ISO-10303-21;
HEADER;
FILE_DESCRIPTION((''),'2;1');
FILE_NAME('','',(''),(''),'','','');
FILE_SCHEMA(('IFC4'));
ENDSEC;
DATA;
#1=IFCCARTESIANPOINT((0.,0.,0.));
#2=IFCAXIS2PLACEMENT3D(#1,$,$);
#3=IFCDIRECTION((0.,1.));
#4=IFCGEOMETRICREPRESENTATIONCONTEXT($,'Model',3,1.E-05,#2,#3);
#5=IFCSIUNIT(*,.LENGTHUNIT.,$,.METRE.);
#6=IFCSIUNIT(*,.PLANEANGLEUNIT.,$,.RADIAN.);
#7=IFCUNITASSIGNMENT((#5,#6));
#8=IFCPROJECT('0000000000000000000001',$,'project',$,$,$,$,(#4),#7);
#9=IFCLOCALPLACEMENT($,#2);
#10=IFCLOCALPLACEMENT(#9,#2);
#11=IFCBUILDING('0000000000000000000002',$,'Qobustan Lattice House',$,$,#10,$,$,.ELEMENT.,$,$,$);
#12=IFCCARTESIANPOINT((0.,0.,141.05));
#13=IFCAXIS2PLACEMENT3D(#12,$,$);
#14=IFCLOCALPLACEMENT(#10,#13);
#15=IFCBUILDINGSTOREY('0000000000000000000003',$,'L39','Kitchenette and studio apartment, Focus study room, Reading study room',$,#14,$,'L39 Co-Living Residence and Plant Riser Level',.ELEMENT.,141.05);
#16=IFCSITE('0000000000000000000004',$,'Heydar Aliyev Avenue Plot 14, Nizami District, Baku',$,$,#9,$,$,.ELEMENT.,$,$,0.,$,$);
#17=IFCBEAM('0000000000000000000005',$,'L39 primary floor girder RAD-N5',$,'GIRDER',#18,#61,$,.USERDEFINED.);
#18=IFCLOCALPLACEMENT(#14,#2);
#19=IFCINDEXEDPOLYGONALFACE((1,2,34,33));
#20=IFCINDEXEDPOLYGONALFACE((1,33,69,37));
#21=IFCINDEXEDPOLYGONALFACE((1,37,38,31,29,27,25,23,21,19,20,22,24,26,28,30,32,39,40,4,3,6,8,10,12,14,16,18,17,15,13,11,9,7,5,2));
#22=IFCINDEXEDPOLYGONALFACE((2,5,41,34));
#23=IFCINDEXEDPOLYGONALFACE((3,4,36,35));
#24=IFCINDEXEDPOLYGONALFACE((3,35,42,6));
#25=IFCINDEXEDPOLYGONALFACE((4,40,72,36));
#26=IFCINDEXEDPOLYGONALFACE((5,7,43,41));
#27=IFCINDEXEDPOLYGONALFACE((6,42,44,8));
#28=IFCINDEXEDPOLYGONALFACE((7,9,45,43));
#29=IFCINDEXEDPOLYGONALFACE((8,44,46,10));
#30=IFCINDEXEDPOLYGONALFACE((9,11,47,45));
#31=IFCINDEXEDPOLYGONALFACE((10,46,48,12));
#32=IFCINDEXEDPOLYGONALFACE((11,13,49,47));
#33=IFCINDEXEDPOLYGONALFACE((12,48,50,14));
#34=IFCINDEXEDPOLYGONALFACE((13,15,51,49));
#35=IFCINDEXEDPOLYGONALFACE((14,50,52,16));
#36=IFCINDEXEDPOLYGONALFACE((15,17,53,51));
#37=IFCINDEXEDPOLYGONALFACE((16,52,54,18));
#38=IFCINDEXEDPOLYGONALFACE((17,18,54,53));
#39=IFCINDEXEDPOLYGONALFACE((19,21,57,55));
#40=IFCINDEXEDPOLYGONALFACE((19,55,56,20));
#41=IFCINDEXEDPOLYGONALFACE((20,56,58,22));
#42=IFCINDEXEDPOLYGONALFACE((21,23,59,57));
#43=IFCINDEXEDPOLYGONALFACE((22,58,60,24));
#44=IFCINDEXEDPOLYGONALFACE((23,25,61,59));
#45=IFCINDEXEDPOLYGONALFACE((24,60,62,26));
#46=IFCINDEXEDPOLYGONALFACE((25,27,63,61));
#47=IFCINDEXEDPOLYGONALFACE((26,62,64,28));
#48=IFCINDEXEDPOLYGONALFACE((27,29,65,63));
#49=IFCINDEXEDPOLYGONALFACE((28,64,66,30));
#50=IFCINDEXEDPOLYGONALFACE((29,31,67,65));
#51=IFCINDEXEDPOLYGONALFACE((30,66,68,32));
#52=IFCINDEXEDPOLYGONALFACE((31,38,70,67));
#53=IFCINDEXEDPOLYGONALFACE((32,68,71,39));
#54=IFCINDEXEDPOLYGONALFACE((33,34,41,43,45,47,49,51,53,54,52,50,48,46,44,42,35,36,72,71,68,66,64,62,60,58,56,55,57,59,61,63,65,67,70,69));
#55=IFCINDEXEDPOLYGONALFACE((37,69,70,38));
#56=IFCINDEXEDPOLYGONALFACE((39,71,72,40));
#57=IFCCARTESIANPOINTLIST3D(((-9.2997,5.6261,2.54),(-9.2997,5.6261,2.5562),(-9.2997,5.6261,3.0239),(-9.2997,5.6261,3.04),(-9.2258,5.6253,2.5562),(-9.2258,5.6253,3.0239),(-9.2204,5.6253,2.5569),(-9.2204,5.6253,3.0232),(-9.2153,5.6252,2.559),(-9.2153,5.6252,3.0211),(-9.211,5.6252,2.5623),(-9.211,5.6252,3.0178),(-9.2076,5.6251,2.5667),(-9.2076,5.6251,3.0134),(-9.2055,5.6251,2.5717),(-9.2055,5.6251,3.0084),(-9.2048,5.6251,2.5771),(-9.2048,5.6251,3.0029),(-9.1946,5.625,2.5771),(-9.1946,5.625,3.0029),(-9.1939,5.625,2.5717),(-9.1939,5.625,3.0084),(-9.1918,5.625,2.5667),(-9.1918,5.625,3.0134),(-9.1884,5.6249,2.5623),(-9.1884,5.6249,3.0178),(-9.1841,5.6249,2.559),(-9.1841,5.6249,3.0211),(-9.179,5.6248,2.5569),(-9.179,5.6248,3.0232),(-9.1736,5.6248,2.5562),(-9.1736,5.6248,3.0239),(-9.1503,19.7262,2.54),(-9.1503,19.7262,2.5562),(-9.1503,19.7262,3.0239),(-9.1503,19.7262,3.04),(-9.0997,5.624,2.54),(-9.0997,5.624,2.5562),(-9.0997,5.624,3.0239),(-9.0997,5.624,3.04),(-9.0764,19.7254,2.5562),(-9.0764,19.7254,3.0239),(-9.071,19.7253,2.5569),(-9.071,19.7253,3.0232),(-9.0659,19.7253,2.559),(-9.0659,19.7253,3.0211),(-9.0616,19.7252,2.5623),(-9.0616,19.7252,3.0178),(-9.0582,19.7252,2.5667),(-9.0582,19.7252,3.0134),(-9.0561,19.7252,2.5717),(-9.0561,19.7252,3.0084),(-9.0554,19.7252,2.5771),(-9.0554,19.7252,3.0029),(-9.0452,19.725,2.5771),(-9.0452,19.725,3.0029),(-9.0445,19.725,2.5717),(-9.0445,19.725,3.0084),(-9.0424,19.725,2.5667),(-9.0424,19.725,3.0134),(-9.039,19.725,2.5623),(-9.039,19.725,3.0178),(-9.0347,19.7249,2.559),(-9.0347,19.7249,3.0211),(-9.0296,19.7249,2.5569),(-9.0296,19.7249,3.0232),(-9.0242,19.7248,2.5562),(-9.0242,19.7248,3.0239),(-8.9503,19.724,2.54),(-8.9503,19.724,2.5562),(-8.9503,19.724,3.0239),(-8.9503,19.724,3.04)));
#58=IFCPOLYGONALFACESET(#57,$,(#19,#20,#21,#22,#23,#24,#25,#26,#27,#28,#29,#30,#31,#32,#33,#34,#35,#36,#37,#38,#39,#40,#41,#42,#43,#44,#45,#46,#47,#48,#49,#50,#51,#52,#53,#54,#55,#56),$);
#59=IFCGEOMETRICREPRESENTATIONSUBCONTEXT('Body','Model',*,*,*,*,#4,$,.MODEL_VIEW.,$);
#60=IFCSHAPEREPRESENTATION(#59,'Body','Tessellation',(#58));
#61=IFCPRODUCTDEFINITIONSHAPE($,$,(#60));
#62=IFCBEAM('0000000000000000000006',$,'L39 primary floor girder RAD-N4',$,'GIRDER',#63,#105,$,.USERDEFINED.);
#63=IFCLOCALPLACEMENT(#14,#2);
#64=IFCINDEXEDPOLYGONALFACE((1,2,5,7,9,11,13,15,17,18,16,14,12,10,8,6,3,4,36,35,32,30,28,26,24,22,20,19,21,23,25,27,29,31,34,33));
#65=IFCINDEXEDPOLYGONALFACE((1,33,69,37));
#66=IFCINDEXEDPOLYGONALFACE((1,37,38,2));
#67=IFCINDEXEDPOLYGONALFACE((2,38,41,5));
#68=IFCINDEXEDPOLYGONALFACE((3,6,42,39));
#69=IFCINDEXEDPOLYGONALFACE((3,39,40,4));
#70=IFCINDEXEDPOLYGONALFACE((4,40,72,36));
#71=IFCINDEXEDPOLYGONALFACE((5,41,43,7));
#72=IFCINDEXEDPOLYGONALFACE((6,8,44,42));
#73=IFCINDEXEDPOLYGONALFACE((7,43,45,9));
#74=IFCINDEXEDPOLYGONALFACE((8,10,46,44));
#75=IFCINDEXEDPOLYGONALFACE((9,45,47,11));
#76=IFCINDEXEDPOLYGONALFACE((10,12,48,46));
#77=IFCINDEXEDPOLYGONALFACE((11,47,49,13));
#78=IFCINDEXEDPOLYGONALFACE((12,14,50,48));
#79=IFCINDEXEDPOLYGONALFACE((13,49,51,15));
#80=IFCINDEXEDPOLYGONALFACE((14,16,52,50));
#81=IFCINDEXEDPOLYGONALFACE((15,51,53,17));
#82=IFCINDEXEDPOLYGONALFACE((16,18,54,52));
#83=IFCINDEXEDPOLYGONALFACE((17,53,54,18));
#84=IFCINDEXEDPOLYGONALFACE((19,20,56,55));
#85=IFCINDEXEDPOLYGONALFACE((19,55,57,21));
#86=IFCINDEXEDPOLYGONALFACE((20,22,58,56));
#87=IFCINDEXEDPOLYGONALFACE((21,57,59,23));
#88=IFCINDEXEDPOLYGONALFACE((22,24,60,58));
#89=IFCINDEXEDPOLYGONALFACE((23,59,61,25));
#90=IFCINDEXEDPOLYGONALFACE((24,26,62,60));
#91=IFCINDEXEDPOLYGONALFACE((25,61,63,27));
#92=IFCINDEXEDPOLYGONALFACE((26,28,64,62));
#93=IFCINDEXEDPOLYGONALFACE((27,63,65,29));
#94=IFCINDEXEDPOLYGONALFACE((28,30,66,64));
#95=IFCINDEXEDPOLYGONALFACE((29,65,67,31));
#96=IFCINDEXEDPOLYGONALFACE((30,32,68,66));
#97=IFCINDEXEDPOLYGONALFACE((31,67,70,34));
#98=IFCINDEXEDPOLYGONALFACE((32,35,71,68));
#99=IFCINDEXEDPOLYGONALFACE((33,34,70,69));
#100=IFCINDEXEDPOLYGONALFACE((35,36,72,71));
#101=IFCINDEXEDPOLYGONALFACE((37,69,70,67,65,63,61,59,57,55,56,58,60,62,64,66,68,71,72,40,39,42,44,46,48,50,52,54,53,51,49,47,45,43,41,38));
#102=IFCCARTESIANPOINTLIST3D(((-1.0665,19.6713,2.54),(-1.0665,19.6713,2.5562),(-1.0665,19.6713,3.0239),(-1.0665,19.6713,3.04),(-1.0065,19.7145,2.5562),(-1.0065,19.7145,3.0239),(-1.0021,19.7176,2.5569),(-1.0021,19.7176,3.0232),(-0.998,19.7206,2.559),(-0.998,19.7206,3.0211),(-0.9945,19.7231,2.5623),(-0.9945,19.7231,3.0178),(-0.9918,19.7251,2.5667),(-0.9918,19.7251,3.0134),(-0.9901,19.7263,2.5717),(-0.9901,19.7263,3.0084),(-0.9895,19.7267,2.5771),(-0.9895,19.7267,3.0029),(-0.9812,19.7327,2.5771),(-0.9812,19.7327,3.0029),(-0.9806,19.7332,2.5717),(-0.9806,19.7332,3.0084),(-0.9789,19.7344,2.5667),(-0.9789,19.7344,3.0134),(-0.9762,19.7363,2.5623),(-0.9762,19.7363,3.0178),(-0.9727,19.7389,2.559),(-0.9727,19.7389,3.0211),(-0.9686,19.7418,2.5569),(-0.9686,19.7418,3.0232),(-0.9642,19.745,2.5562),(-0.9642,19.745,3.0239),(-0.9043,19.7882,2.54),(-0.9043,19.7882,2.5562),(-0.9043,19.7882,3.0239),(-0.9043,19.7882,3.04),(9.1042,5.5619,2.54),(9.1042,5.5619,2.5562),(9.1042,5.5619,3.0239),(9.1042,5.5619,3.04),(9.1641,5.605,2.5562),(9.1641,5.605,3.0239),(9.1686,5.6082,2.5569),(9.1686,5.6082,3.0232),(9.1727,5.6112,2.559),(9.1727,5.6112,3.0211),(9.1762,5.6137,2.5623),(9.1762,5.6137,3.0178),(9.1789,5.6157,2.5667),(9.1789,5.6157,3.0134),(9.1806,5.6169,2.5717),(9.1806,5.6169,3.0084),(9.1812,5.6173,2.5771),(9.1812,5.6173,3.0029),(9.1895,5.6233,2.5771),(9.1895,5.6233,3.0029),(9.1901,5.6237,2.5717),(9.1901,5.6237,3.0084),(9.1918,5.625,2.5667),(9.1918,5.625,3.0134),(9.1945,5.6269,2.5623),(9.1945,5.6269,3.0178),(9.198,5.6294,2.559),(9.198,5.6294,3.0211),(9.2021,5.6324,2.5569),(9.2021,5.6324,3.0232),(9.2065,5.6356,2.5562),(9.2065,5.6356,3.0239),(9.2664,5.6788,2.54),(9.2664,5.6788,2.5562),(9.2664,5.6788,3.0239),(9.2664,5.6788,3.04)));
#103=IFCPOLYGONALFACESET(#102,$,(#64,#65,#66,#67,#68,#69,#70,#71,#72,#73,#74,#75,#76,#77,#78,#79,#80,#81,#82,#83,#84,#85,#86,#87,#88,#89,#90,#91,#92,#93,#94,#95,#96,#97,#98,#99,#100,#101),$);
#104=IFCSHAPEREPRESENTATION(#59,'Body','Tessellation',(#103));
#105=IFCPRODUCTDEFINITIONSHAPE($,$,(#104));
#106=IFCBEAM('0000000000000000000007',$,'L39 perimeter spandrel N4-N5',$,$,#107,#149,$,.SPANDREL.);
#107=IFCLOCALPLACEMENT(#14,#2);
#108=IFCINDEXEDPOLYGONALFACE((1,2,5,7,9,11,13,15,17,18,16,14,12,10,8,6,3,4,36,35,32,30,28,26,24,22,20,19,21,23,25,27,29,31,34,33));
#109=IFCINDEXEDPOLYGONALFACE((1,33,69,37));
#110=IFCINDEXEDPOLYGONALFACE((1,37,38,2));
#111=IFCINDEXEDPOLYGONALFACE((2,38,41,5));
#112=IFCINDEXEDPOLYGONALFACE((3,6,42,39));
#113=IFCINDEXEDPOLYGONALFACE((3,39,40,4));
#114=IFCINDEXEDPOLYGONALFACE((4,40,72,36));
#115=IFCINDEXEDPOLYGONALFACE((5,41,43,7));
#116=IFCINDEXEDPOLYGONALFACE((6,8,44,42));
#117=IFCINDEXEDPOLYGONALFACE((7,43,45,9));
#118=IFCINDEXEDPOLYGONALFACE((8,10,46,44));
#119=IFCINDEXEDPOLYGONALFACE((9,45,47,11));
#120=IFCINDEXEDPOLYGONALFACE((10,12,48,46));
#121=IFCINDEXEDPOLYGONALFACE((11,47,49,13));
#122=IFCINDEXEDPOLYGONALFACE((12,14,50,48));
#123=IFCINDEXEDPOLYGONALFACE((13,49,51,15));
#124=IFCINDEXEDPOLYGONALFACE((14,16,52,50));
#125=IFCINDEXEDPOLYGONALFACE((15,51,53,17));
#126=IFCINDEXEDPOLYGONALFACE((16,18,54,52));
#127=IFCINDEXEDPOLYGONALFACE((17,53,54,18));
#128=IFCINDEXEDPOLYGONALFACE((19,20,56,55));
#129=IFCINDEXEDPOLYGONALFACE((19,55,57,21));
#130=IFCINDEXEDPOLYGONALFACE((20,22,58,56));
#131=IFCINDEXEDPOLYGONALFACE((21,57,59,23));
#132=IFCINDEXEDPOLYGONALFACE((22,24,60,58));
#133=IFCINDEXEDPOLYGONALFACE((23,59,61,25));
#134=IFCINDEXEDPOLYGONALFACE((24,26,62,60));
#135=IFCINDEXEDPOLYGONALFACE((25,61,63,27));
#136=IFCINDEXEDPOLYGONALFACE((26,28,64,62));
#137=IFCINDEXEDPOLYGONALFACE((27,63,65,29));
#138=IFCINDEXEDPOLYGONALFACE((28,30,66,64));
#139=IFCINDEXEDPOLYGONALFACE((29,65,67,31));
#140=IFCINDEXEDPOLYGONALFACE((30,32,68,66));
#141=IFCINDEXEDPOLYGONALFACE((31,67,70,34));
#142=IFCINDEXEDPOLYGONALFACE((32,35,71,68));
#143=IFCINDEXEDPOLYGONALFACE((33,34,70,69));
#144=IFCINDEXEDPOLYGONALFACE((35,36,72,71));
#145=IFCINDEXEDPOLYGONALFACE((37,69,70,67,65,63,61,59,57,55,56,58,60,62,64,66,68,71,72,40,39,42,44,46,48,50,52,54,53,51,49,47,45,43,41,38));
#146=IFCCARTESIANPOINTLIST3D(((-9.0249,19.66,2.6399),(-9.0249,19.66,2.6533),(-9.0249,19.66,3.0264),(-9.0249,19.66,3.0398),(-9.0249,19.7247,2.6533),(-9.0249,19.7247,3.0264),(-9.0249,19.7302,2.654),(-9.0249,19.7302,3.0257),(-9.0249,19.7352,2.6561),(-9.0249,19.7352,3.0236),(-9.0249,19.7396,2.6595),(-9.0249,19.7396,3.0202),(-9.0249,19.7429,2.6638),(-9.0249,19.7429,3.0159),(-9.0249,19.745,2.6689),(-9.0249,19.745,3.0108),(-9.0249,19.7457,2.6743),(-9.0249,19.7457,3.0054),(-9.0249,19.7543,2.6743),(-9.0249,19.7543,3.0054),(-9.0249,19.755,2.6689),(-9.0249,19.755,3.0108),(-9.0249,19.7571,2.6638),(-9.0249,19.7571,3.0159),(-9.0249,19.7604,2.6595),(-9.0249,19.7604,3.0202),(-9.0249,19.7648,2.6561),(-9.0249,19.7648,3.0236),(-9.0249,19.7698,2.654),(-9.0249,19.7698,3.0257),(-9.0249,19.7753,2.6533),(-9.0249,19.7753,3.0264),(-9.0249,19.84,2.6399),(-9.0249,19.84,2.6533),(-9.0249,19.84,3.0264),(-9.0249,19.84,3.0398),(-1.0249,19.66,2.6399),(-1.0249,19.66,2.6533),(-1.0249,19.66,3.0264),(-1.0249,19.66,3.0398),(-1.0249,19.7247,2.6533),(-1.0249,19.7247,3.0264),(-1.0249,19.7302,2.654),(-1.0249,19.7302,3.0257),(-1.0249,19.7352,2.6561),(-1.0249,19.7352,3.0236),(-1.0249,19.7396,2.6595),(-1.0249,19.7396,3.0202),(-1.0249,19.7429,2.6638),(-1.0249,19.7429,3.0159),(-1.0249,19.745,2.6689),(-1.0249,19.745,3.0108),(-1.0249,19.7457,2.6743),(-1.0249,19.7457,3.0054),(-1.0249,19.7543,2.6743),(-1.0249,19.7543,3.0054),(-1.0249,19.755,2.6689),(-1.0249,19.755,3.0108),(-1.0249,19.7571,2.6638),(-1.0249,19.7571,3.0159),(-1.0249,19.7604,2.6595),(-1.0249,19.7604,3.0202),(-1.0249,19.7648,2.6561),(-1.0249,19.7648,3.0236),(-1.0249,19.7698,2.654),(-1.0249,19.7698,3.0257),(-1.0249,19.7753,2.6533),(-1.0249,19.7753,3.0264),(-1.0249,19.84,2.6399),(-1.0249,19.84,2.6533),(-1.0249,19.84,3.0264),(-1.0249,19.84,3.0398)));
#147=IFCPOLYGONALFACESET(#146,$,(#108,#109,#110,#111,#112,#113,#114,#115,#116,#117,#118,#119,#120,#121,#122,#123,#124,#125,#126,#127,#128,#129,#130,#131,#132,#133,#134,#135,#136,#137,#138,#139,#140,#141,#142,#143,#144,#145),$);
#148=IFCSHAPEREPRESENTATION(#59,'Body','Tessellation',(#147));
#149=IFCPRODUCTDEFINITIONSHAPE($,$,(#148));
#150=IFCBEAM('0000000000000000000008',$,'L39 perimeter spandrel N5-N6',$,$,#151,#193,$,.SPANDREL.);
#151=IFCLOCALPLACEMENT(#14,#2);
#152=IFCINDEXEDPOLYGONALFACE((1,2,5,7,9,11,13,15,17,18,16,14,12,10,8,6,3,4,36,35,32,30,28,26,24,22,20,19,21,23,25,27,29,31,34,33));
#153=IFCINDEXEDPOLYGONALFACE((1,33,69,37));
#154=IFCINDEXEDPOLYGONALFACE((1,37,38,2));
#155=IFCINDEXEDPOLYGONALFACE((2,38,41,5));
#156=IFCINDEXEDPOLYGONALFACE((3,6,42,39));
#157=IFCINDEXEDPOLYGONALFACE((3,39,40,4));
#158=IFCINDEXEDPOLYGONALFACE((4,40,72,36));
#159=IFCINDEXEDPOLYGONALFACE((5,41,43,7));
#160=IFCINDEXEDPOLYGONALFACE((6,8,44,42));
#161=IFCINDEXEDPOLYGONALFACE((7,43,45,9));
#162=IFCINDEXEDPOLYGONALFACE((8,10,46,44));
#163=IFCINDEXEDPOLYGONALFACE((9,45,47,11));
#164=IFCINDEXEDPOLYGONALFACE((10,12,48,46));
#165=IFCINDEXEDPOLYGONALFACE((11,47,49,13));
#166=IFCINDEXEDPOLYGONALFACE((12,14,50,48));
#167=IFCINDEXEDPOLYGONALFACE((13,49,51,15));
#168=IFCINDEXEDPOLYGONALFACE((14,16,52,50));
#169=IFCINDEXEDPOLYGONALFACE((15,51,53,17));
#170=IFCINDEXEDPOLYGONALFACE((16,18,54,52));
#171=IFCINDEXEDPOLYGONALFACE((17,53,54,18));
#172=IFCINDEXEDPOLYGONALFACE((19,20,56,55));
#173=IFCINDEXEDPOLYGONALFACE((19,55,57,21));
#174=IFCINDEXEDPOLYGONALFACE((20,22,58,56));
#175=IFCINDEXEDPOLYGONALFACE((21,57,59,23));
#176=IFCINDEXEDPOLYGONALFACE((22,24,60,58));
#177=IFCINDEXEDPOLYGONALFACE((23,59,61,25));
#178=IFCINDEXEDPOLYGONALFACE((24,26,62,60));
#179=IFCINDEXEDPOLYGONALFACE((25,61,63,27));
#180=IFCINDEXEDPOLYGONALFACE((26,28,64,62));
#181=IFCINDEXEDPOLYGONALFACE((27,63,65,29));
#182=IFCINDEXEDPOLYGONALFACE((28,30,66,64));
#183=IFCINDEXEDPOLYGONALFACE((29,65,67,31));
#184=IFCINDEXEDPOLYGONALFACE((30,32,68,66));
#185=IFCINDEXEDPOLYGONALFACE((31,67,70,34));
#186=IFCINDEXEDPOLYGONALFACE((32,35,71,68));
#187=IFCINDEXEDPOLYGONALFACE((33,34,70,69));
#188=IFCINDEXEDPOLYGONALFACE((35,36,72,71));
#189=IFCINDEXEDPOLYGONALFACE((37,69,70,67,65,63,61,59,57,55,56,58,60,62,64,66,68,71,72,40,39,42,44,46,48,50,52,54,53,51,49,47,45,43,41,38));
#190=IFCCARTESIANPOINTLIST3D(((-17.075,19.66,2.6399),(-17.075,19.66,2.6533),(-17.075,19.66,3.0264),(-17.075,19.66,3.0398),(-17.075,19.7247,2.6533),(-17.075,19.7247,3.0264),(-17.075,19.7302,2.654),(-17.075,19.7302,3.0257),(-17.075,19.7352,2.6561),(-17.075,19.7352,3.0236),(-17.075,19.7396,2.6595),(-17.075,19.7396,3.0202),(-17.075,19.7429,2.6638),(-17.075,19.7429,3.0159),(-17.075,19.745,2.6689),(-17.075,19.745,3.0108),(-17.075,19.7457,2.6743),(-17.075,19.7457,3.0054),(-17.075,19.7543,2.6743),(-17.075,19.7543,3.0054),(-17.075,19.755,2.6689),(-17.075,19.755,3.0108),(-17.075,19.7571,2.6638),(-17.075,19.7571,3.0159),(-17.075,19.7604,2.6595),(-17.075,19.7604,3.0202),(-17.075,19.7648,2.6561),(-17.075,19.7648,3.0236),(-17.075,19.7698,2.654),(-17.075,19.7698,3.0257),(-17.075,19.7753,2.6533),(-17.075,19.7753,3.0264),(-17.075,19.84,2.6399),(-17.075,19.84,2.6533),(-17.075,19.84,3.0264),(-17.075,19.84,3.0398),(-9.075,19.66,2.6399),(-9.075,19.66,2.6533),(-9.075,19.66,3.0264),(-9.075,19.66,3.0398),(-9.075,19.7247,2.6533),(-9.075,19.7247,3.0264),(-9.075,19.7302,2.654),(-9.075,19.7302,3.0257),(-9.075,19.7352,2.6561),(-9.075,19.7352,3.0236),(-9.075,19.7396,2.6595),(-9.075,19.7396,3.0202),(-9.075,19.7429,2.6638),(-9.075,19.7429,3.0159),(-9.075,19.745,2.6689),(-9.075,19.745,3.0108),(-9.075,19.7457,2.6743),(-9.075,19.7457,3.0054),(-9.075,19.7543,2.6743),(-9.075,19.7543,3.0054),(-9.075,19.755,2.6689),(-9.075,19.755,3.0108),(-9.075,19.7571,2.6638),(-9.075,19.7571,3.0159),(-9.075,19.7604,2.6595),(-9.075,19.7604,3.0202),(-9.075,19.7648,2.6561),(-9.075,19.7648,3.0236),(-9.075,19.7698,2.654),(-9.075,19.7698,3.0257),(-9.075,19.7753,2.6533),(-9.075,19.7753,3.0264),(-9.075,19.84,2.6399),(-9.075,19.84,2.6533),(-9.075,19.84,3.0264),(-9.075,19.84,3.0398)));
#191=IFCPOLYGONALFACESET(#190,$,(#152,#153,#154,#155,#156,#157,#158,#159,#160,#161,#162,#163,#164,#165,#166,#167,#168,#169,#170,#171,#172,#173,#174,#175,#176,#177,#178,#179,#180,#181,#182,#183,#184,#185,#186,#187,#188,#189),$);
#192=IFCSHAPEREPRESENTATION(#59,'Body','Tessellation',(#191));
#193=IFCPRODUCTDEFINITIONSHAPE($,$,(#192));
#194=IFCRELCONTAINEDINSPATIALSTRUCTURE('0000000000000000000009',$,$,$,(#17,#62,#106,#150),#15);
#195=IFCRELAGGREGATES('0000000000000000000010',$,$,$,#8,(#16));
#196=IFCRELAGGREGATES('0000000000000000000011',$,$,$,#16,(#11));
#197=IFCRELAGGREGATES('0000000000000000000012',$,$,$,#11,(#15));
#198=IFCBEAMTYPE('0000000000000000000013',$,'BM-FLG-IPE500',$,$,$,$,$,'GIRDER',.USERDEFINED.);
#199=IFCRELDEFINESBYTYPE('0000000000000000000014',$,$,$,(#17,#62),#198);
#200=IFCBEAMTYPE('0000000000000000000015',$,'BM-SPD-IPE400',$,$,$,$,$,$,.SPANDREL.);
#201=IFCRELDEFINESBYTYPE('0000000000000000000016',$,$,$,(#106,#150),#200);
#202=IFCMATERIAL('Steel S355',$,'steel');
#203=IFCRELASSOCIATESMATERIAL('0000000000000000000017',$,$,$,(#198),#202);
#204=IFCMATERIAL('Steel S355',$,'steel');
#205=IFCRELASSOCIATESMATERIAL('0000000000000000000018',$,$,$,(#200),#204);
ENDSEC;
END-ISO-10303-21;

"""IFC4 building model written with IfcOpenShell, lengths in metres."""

from ifc_helpers import new_model, si_unit, direction, frame, origin, origin_2d, place, context, subcontext, project, spatial, i_section, extrude, material, material_profile, profile_set, type_object, element, save


model = new_model("IFC4")

# Units and contexts
model_context = context("Model", 3, precision=1e-05, world=origin(), true_north=direction((0.0, 1.0)))
body_context = subcontext(model_context, "Body", "Model", "MODEL_VIEW")
ifc_project = project(units=[si_unit("LENGTHUNIT", "METRE"), si_unit("PLANEANGLEUNIT", "RADIAN")], contexts=[model_context])

# Site, building, storey
site_placement = place(None, origin())
site = spatial("IfcSite", under=ifc_project, at=site_placement, Name="Heydar Aliyev Avenue Plot 14, Nizami District, Baku", CompositionType="ELEMENT", RefElevation=0.0)
building_placement = place(site_placement, origin())
building = spatial("IfcBuilding", under=site, at=building_placement, Name="Qobustan Lattice House", CompositionType="ELEMENT")
storey_placement = place(building_placement, frame((0.0, 0.0, 141.05)))
storey = spatial("IfcBuildingStorey", under=building, at=storey_placement, Name="L39", Description="Kitchenette and studio apartment, Focus study room, Reading study room", LongName="L39 Co-Living Residence and Plant Riser Level", CompositionType="ELEMENT", Elevation=141.05)

# Beams
ifc_material_1 = material(Name="Steel S355", Category="steel")
ifc_material_profile_1 = material_profile(ifc_material_1, i_section(OverallWidth=0.2, OverallDepth=0.5, WebThickness=0.0103, FlangeThickness=0.0161, FilletRadius=0.021, at=origin_2d()), Name="IPE500")
ifc_profile_set_1 = profile_set([ifc_material_profile_1], Name="Steel S355")
beam_type_1 = type_object("IfcBeamType", Name="BM-FLG-IPE500", ElementType="GIRDER", PredefinedType="USERDEFINED", material=ifc_profile_set_1)
beam_1_placement = place(storey_placement, frame((-9.0503, 19.7251, 2.79), z_axis=(-0.010596, -0.999944, 0.0), x_axis=(0.999944, -0.010596, 0.0)))
element("IfcBeam", 1, at=beam_1_placement, inside=storey, type_object=beam_type_1, Name="L39 primary floor girder RAD-N5", ObjectType="GIRDER", PredefinedType="USERDEFINED", context=body_context, shape_type="SweptSolid", body=[
    extrude(i_section(OverallWidth=0.2, OverallDepth=0.5, WebThickness=0.0103, FlangeThickness=0.0161, FilletRadius=0.021, at=origin_2d()), origin(), (0.0, 0.0, 1.0), 14.1008),
])
beam_2_placement = place(storey_placement, frame((-0.9854, 19.7297, 2.79), z_axis=(0.584755, -0.81121, 0.0), x_axis=(0.81121, 0.584755, 0.0)))
element("IfcBeam", 2, at=beam_2_placement, inside=storey, type_object=beam_type_1, Name="L39 primary floor girder RAD-N4", ObjectType="GIRDER", PredefinedType="USERDEFINED", context=body_context, shape_type="SweptSolid", body=[
    extrude(i_section(OverallWidth=0.2, OverallDepth=0.5, WebThickness=0.0103, FlangeThickness=0.0161, FilletRadius=0.021, at=origin_2d()), origin(), (0.0, 0.0, 1.0), 17.3931),
])
ifc_material_2 = material(Name="Steel S355", Category="steel")
ifc_material_profile_2 = material_profile(ifc_material_2, i_section(OverallWidth=0.1799, OverallDepth=0.3999, WebThickness=0.0085, FlangeThickness=0.0134, FilletRadius=0.021, at=origin_2d()), Name="IPE400")
ifc_profile_set_2 = profile_set([ifc_material_profile_2], Name="Steel S355")
beam_type_2 = type_object("IfcBeamType", Name="BM-SPD-IPE400", PredefinedType="SPANDREL", material=ifc_profile_set_2)
for number, where, z_axis, x_axis, name in (
    (3, (-1.0249, 19.75, 2.8398), (-1.0, 0.0, 0.0), (0.0, -1.0, 0.0), "L39 perimeter spandrel N4-N5"),
    (4, (-9.075, 19.75, 2.8398), (-1.0, 0.0, 0.0), (0.0, -1.0, 0.0), "L39 perimeter spandrel N5-N6"),
):
    element("IfcBeam", number, at=place(storey_placement, frame(where, z_axis=z_axis, x_axis=x_axis)), inside=storey, type_object=beam_type_2, Name=name, PredefinedType="SPANDREL", context=body_context, shape_type="SweptSolid", body=[
        extrude(i_section(OverallWidth=0.1799, OverallDepth=0.3999, WebThickness=0.0085, FlangeThickness=0.0134, FilletRadius=0.021, at=origin_2d()), origin(), (0.0, 0.0, 1.0), 8.0),
    ])

save(model, "model.ifc")
